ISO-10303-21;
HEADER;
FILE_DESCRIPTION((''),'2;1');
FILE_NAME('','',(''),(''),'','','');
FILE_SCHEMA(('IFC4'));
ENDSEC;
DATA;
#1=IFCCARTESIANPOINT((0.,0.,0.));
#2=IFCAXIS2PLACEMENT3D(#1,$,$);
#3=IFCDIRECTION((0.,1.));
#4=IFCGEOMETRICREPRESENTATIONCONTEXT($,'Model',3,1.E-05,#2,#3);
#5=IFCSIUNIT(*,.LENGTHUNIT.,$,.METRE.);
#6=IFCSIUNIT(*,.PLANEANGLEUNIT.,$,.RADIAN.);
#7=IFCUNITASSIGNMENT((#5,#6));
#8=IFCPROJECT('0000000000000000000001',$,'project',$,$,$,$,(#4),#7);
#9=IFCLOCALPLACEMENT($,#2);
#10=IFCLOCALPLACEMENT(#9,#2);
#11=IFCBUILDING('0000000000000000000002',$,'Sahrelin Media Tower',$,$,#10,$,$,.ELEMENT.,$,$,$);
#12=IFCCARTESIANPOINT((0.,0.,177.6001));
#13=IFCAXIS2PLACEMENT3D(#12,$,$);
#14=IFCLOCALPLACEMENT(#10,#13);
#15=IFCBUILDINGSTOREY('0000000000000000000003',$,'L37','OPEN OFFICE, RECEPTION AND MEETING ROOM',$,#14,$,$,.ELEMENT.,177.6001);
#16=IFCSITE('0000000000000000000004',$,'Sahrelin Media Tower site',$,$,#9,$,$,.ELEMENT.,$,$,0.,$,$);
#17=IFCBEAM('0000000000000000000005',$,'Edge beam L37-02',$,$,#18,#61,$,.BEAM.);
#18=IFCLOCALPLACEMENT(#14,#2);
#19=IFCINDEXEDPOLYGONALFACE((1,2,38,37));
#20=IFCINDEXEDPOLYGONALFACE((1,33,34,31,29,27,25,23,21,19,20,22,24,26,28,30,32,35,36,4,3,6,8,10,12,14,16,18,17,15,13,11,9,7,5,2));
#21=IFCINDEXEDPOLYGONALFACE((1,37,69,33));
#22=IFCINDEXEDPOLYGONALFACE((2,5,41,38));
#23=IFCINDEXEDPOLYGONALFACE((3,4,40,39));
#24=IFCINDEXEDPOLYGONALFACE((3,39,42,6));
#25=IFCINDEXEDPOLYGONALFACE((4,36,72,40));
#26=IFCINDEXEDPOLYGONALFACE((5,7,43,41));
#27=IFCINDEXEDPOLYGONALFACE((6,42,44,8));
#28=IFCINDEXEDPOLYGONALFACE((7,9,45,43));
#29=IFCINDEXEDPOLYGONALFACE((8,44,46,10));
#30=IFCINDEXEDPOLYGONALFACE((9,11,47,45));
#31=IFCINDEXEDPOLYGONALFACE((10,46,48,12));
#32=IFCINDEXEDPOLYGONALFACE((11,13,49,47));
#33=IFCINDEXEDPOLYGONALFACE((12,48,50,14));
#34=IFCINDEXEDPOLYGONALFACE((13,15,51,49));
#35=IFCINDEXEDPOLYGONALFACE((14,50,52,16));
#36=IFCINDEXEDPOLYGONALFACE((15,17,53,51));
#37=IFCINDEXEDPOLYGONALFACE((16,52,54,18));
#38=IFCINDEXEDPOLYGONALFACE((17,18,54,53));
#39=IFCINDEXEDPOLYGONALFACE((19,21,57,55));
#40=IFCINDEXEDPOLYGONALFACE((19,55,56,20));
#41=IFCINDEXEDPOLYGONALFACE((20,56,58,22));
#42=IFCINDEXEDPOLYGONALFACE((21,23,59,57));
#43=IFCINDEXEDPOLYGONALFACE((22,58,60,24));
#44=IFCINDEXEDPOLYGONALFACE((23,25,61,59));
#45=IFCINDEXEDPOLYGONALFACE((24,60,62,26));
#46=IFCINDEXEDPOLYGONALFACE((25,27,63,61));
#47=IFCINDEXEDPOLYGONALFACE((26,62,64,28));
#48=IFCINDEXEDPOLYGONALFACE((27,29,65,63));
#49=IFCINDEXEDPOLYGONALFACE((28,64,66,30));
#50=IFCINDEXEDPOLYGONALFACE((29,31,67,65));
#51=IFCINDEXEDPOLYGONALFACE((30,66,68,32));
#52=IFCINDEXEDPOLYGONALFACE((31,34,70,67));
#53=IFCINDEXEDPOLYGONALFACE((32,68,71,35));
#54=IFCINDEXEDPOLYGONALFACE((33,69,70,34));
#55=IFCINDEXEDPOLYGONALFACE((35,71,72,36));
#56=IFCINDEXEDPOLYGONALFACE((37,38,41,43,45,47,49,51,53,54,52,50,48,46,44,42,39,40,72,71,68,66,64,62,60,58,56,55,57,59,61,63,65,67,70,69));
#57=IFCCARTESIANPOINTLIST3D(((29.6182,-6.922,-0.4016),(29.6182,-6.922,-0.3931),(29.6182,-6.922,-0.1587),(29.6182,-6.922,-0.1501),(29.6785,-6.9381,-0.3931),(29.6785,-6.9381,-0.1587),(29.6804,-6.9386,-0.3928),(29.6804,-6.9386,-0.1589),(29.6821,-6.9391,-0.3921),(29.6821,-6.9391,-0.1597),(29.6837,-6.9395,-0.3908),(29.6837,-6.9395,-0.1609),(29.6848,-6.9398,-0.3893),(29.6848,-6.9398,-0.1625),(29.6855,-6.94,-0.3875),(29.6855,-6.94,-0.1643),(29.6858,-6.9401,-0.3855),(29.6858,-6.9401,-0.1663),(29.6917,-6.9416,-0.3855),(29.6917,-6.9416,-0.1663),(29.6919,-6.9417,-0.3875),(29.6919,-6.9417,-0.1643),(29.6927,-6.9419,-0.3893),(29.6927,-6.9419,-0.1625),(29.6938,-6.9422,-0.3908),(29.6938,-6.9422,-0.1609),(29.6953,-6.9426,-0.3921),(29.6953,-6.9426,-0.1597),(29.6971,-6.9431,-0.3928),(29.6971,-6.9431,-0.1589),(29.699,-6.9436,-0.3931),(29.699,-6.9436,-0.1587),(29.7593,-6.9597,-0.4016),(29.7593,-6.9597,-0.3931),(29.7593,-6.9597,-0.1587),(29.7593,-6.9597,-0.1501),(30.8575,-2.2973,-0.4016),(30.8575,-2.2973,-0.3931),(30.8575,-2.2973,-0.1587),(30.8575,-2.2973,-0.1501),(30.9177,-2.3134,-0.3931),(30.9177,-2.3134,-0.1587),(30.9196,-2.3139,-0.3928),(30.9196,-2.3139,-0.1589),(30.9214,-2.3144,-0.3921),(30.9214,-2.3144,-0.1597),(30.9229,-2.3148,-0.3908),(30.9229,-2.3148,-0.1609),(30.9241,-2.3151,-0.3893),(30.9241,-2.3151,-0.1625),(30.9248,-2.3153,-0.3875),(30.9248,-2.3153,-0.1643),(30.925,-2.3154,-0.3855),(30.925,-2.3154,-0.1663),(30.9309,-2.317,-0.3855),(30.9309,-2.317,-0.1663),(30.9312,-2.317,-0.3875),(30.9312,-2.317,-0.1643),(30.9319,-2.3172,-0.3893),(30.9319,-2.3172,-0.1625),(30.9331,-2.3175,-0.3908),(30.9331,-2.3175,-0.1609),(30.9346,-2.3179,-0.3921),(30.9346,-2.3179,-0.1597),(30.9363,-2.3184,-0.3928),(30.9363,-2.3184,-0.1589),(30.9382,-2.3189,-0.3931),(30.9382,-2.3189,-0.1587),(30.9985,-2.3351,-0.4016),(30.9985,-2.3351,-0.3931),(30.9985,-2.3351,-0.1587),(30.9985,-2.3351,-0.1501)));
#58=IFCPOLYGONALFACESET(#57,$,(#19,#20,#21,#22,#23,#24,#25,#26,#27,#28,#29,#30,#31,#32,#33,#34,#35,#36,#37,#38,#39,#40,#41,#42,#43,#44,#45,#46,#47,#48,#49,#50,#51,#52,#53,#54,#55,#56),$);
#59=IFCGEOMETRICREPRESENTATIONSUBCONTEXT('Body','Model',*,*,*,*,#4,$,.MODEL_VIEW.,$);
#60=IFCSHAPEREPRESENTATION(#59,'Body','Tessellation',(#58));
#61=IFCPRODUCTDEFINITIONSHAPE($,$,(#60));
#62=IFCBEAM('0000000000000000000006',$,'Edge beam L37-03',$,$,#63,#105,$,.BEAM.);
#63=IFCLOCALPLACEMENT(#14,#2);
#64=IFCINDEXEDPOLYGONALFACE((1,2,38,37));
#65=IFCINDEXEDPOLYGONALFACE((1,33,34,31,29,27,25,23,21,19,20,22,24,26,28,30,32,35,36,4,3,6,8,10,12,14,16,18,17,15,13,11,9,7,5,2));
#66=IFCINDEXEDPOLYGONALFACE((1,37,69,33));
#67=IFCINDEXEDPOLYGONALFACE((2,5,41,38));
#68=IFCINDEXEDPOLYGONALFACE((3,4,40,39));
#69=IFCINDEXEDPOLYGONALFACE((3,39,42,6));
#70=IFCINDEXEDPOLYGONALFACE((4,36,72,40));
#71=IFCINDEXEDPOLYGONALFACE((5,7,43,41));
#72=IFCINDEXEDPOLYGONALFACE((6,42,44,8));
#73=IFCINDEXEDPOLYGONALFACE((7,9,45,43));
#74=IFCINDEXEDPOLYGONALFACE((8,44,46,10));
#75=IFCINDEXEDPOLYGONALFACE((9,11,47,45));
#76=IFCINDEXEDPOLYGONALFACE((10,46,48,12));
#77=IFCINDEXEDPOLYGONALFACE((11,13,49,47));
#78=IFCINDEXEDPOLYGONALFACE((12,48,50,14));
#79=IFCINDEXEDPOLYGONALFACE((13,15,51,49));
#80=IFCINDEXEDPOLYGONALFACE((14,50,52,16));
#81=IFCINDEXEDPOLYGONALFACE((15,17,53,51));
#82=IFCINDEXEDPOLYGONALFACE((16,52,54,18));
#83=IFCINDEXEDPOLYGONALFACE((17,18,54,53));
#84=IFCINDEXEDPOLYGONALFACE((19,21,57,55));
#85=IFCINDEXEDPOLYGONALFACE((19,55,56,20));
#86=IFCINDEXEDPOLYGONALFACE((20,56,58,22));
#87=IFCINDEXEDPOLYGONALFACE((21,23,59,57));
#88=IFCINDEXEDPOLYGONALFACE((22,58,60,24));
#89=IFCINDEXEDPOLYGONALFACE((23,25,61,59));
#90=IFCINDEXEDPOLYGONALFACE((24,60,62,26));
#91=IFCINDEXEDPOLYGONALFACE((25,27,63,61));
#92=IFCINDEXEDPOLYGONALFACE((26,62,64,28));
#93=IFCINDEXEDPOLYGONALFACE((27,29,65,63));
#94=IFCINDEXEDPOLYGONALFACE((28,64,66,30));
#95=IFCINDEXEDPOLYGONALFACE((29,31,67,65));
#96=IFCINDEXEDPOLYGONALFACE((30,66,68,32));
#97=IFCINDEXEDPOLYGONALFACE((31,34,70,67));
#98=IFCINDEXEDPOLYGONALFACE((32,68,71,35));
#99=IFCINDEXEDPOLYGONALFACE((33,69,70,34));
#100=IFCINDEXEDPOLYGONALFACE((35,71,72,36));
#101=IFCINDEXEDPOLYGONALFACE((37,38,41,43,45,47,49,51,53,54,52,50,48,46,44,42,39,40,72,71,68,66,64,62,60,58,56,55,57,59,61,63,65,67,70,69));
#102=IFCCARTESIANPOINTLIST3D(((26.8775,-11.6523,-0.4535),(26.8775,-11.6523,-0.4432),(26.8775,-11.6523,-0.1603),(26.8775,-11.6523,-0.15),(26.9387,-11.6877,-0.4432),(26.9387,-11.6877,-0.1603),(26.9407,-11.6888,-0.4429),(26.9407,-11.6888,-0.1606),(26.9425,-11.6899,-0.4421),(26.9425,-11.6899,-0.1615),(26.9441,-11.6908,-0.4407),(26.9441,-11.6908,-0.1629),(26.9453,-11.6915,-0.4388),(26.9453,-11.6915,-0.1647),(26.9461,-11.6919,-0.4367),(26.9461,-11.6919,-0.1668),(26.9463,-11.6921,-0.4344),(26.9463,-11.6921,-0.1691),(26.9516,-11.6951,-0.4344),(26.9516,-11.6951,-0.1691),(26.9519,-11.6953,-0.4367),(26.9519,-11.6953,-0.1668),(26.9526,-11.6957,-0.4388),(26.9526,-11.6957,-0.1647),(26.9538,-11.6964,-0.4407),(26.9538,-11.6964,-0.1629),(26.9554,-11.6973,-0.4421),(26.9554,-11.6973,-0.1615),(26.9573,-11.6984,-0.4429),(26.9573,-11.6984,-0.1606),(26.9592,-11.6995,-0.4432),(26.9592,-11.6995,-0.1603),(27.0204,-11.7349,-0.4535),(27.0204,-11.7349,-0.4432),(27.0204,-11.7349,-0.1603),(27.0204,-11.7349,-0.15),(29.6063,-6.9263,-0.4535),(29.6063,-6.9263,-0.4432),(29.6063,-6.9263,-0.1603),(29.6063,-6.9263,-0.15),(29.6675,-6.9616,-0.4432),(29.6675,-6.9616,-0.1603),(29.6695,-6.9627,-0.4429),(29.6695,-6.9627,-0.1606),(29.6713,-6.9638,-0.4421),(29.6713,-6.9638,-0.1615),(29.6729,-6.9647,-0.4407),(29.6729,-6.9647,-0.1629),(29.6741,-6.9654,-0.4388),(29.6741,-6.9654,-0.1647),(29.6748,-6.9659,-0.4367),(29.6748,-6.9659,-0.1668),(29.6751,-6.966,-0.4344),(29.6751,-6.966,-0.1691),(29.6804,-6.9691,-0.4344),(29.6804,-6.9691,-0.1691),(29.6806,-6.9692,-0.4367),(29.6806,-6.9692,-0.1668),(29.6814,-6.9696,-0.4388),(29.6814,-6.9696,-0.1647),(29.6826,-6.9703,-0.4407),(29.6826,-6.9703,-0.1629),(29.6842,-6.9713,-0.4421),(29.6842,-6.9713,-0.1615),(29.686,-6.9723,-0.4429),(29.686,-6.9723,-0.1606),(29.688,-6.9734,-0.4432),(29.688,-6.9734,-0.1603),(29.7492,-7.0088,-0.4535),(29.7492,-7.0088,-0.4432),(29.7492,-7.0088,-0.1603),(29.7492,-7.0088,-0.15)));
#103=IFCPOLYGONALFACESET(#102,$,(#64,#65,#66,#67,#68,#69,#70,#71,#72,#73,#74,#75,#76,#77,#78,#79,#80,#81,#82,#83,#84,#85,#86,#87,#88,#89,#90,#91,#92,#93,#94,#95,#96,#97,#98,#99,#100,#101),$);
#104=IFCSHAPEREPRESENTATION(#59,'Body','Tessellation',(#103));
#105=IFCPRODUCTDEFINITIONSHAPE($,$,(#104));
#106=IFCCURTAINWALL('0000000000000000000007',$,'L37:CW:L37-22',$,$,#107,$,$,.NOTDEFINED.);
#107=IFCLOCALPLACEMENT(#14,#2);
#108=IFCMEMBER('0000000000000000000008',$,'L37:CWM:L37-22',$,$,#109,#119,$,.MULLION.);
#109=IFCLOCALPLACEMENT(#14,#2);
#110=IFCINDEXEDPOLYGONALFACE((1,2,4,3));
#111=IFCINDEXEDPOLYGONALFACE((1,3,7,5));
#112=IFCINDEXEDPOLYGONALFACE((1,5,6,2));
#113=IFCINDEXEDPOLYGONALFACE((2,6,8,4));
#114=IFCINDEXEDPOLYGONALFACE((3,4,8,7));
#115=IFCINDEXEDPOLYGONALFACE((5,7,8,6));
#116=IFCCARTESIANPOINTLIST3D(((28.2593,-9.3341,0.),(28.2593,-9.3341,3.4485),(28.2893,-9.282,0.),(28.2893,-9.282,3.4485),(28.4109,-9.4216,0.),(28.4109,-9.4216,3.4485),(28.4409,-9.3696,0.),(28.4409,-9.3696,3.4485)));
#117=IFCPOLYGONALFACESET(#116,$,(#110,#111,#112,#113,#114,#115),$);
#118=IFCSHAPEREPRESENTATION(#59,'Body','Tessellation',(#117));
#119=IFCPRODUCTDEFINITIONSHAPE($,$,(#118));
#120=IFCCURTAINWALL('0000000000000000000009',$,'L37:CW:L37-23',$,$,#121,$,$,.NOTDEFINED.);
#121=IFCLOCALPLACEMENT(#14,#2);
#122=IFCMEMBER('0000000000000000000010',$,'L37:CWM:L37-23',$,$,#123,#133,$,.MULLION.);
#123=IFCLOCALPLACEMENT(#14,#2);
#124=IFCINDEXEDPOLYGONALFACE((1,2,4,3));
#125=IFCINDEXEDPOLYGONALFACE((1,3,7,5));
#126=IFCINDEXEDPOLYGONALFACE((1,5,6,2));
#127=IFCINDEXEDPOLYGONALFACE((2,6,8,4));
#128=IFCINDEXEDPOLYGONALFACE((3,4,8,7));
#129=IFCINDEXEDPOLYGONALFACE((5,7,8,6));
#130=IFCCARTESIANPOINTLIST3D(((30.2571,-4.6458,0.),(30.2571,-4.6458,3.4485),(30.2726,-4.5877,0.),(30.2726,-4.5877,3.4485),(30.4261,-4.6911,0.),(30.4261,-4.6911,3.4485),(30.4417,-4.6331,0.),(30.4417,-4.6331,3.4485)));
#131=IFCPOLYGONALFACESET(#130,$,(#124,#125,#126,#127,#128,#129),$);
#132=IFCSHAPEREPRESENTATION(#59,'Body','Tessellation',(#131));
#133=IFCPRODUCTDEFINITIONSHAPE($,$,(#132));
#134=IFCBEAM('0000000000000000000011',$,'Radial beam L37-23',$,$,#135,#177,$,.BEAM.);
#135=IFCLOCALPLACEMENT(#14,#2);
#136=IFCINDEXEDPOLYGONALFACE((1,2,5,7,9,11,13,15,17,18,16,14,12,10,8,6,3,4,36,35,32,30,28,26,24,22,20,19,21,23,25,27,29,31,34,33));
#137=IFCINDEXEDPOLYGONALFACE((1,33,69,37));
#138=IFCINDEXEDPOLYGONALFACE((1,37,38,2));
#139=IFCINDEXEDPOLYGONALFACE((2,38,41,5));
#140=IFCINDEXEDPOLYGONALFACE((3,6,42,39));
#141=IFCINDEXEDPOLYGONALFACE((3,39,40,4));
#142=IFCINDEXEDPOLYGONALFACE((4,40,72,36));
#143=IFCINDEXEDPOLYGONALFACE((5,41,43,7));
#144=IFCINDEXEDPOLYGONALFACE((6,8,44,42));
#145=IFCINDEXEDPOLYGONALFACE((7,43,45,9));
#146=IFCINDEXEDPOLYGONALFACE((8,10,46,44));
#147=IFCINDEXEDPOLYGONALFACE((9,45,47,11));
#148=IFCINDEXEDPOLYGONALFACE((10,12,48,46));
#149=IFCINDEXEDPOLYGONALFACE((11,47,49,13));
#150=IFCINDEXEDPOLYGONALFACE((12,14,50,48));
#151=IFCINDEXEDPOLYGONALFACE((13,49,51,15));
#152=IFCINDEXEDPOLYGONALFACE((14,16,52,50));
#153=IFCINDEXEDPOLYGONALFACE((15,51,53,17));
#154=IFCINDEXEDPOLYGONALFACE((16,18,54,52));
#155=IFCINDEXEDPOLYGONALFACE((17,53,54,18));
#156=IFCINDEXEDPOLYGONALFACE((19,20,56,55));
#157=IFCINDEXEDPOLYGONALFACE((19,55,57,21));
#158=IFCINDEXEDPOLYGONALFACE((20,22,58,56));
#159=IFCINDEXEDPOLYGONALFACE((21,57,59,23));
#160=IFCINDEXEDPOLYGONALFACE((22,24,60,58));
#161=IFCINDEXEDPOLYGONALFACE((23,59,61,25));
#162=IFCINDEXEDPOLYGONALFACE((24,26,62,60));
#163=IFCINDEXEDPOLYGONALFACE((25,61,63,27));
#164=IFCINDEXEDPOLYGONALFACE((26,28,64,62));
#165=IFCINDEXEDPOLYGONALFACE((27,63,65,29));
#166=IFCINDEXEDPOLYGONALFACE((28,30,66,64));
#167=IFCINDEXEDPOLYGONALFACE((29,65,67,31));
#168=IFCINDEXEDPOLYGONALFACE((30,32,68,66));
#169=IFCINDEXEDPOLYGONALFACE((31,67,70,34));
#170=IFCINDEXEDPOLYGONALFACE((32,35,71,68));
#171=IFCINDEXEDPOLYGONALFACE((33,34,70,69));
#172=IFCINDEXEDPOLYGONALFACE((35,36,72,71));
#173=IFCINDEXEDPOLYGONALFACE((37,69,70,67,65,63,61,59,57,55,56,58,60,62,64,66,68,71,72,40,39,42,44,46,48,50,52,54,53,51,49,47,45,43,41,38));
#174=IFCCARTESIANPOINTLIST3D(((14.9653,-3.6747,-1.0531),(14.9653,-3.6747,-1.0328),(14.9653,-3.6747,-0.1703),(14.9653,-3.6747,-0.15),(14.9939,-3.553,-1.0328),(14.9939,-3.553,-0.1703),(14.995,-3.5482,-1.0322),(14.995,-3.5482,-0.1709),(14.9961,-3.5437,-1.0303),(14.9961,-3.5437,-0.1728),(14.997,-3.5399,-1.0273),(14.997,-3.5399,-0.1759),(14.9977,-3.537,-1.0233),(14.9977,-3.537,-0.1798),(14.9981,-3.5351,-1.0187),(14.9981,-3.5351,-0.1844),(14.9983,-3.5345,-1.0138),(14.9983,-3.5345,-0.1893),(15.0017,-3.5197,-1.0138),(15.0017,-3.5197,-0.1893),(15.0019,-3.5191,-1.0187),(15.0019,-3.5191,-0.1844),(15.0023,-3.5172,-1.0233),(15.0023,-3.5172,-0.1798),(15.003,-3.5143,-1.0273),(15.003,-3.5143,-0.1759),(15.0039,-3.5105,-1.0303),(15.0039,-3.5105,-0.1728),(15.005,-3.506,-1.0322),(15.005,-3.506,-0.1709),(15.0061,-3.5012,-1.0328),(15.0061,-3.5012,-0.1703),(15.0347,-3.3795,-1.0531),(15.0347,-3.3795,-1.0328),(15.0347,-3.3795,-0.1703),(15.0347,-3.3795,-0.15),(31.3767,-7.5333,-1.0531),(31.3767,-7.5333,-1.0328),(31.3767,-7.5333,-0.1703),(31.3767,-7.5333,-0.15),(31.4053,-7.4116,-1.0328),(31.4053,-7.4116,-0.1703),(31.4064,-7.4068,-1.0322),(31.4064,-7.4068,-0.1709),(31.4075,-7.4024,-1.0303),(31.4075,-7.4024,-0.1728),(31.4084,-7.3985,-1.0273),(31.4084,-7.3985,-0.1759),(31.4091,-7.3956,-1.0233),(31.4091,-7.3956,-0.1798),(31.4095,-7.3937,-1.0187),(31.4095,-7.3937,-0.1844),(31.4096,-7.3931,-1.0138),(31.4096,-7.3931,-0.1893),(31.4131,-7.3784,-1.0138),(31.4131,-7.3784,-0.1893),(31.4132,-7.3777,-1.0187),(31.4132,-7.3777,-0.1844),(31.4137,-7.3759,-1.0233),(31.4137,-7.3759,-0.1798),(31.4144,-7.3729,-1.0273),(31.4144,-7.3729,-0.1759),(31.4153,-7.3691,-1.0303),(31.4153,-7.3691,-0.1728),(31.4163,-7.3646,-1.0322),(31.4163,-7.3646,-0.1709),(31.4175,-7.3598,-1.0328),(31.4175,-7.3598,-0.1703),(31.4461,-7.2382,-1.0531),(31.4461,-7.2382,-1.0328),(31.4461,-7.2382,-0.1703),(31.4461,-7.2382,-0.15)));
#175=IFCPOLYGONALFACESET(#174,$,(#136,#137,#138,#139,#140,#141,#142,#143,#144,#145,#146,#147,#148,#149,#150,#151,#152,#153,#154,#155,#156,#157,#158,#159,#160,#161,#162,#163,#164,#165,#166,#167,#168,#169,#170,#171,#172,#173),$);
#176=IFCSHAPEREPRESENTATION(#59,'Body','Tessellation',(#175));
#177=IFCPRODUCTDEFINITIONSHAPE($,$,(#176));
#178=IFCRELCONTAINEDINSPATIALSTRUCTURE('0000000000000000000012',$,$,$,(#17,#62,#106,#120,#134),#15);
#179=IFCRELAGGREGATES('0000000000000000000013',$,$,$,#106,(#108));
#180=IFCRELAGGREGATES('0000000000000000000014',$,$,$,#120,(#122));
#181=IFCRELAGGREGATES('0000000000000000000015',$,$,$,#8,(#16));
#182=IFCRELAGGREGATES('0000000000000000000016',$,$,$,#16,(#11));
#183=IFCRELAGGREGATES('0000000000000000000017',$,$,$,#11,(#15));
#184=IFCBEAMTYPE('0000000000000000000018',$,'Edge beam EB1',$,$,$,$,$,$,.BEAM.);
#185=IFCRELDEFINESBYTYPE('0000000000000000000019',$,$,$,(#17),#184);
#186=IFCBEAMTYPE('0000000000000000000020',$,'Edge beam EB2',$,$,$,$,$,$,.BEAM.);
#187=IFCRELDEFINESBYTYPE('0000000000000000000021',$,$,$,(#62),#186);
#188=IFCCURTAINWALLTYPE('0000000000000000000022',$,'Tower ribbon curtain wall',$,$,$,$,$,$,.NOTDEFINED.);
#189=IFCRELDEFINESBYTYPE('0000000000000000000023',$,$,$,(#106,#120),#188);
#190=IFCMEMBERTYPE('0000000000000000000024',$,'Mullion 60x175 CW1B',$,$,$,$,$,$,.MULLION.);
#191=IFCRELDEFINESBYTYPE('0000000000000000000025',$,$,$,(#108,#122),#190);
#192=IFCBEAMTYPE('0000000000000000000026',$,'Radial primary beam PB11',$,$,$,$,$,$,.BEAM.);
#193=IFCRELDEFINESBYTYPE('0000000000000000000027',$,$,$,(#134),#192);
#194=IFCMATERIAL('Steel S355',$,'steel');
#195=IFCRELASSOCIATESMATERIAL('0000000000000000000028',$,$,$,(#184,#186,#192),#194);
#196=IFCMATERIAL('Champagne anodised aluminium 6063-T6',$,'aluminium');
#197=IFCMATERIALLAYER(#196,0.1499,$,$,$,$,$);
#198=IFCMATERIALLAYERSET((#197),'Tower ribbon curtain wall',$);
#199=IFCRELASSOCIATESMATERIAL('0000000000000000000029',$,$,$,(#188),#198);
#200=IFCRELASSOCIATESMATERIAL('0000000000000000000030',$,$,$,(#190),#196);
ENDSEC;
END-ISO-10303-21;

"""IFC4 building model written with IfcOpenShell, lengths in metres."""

from ifc_helpers import new_model, si_unit, direction, frame, origin, origin_2d, place, context, subcontext, project, spatial, rectangle, i_section, extrude, material, layer, layer_set, material_profile, profile_set, type_object, element, aggregate, save


model = new_model("IFC4")

# Units and contexts
model_context = context("Model", 3, precision=1e-05, world=origin(), true_north=direction((0.0, 1.0)))
body_context = subcontext(model_context, "Body", "Model", "MODEL_VIEW")
ifc_project = project(units=[si_unit("LENGTHUNIT", "METRE"), si_unit("PLANEANGLEUNIT", "RADIAN")], contexts=[model_context])

# Site, building, storey
site_placement = place(None, origin())
site = spatial("IfcSite", under=ifc_project, at=site_placement, Name="Sahrelin Media Tower site", CompositionType="ELEMENT", RefElevation=0.0)
building_placement = place(site_placement, origin())
building = spatial("IfcBuilding", under=site, at=building_placement, Name="Sahrelin Media Tower", CompositionType="ELEMENT")
storey_placement = place(building_placement, frame((0.0, 0.0, 177.6001)))
storey = spatial("IfcBuildingStorey", under=building, at=storey_placement, Name="L37", Description="OPEN OFFICE, RECEPTION AND MEETING ROOM", CompositionType="ELEMENT", Elevation=177.6001)

# Beams
ifc_material_1 = material(Name="Steel S355", Category="steel")
ifc_material_profile_1 = material_profile(ifc_material_1, i_section(OverallWidth=0.146, OverallDepth=0.2515, WebThickness=0.0061, FlangeThickness=0.0085, FilletRadius=0.0076, at=origin_2d()), Name="UB 254x146x31")
ifc_profile_set_1 = profile_set([ifc_material_profile_1], Name="Steel S355")
beam_type_1 = type_object("IfcBeamType", Name="Edge beam EB1", PredefinedType="BEAM", material=ifc_profile_set_1)
beam_1_placement = place(storey_placement, frame((30.928, -2.3162, -0.2759), z_axis=(-0.25883, -0.965923, 0.0), x_axis=(0.965923, -0.25883, 0.0)))
element("IfcBeam", 1, at=beam_1_placement, inside=storey, type_object=beam_type_1, Name="Edge beam L37-02", PredefinedType="BEAM", context=body_context, shape_type="SweptSolid", body=[
    extrude(i_section(OverallWidth=0.146, OverallDepth=0.2515, WebThickness=0.0061, FlangeThickness=0.0085, FilletRadius=0.0076, at=origin_2d()), origin(), (0.0, 0.0, 1.0), 4.7878),
])
ifc_material_profile_2 = material_profile(ifc_material_1, i_section(OverallWidth=0.165, OverallDepth=0.3035, WebThickness=0.0061, FlangeThickness=0.0103, FilletRadius=0.0088, at=origin_2d()), Name="UB 305x165x40")
ifc_profile_set_2 = profile_set([ifc_material_profile_2], Name="Steel S355")
beam_type_2 = type_object("IfcBeamType", Name="Edge beam EB2", PredefinedType="BEAM", material=ifc_profile_set_2)
beam_2_placement = place(storey_placement, frame((29.6777, -6.9675, -0.3018), z_axis=(-0.500022, -0.866013, 0.0), x_axis=(0.866013, -0.500022, 0.0)))
element("IfcBeam", 2, at=beam_2_placement, inside=storey, type_object=beam_type_2, Name="Edge beam L37-03", PredefinedType="BEAM", context=body_context, shape_type="SweptSolid", body=[
    extrude(i_section(OverallWidth=0.165, OverallDepth=0.3035, WebThickness=0.0061, FlangeThickness=0.0103, FilletRadius=0.0088, at=origin_2d()), origin(), (0.0, 0.0, 1.0), 5.4573),
])

# Curtain walls, members
ifc_material_2 = material(Name="Champagne anodised aluminium 6063-T6", Category="aluminium")
ifc_layer_1 = layer(ifc_material_2, 0.1499)
ifc_layer_set_1 = layer_set([ifc_layer_1], Name="Tower ribbon curtain wall")
curtain_wall_type = type_object("IfcCurtainWallType", Name="Tower ribbon curtain wall", PredefinedType="NOTDEFINED", material=ifc_layer_set_1)
curtain_wall_1_placement = place(storey_placement, frame((28.4434, -9.4055, 0.0), z_axis=(0.0, 0.0, 1.0), x_axis=(1.0, 0.0, 0.0)))
curtain_wall_1 = element("IfcCurtainWall", 3, at=curtain_wall_1_placement, inside=storey, type_object=curtain_wall_type, Name="L37:CW:L37-22", PredefinedType="NOTDEFINED")
ifc_material_profile_3 = material_profile(ifc_material_2, rectangle(XDim=0.0601, YDim=0.175, at=origin_2d()), Name="Mullion 60x175")
ifc_profile_set_3 = profile_set([ifc_material_profile_3], Name="Champagne anodised aluminium 6063-T6")
member_type_1 = type_object("IfcMemberType", Name="Mullion 60x175 CW1B", PredefinedType="MULLION", material=ifc_profile_set_3)
member_1_placement = place(storey_placement, frame((28.3501, -9.3518, 0.0), z_axis=(0.0, 0.0, 1.0), x_axis=(0.500005, 0.866023, 0.0)))
member_1 = element("IfcMember", 4, at=member_1_placement, type_object=member_type_1, Name="L37:CWM:L37-22", PredefinedType="MULLION", context=body_context, shape_type="SweptSolid", body=[
    extrude(rectangle(XDim=0.0601, YDim=0.175, at=origin_2d()), origin(), (0.0, 0.0, 1.0), 3.4485),
])
aggregate(curtain_wall_1, [member_1])
curtain_wall_2_placement = place(storey_placement, frame((30.4534, -4.6672, 0.0), z_axis=(0.0, 0.0, 1.0), x_axis=(1.0, 0.0, 0.0)))
curtain_wall_2 = element("IfcCurtainWall", 5, at=curtain_wall_2_placement, inside=storey, type_object=curtain_wall_type, Name="L37:CW:L37-23", PredefinedType="NOTDEFINED")
member_2_placement = place(storey_placement, frame((30.3494, -4.6394, 0.0), z_axis=(0.0, 0.0, 1.0), x_axis=(0.258809, 0.965929, 0.0)))
member_2 = element("IfcMember", 6, at=member_2_placement, type_object=member_type_1, Name="L37:CWM:L37-23", PredefinedType="MULLION", context=body_context, shape_type="SweptSolid", body=[
    extrude(rectangle(XDim=0.0601, YDim=0.175, at=origin_2d()), origin(), (0.0, 0.0, 1.0), 3.4485),
])

# Beam
ifc_material_profile_4 = material_profile(ifc_material_1, i_section(OverallWidth=0.3032, OverallDepth=0.9031, WebThickness=0.0151, FlangeThickness=0.0203, FilletRadius=0.019, at=origin_2d()), Name="UB 914x305x201")
ifc_profile_set_4 = profile_set([ifc_material_profile_4], Name="Steel S355")
beam_type_3 = type_object("IfcBeamType", Name="Radial primary beam PB11", PredefinedType="BEAM", material=ifc_profile_set_4)
beam_3_placement = place(storey_placement, frame((15.0, -3.5271, -0.6016), z_axis=(0.973455, -0.228879, 0.0), x_axis=(0.228879, 0.973455, 0.0)))
element("IfcBeam", 7, at=beam_3_placement, inside=storey, type_object=beam_type_3, Name="Radial beam L37-23", PredefinedType="BEAM", context=body_context, shape_type="SweptSolid", body=[
    extrude(i_section(OverallWidth=0.3032, OverallDepth=0.9031, WebThickness=0.0151, FlangeThickness=0.0203, FilletRadius=0.019, at=origin_2d()), origin(), (0.0, 0.0, 1.0), 16.8589),
])

aggregate(curtain_wall_2, [member_2])

save(model, "model.ifc")
